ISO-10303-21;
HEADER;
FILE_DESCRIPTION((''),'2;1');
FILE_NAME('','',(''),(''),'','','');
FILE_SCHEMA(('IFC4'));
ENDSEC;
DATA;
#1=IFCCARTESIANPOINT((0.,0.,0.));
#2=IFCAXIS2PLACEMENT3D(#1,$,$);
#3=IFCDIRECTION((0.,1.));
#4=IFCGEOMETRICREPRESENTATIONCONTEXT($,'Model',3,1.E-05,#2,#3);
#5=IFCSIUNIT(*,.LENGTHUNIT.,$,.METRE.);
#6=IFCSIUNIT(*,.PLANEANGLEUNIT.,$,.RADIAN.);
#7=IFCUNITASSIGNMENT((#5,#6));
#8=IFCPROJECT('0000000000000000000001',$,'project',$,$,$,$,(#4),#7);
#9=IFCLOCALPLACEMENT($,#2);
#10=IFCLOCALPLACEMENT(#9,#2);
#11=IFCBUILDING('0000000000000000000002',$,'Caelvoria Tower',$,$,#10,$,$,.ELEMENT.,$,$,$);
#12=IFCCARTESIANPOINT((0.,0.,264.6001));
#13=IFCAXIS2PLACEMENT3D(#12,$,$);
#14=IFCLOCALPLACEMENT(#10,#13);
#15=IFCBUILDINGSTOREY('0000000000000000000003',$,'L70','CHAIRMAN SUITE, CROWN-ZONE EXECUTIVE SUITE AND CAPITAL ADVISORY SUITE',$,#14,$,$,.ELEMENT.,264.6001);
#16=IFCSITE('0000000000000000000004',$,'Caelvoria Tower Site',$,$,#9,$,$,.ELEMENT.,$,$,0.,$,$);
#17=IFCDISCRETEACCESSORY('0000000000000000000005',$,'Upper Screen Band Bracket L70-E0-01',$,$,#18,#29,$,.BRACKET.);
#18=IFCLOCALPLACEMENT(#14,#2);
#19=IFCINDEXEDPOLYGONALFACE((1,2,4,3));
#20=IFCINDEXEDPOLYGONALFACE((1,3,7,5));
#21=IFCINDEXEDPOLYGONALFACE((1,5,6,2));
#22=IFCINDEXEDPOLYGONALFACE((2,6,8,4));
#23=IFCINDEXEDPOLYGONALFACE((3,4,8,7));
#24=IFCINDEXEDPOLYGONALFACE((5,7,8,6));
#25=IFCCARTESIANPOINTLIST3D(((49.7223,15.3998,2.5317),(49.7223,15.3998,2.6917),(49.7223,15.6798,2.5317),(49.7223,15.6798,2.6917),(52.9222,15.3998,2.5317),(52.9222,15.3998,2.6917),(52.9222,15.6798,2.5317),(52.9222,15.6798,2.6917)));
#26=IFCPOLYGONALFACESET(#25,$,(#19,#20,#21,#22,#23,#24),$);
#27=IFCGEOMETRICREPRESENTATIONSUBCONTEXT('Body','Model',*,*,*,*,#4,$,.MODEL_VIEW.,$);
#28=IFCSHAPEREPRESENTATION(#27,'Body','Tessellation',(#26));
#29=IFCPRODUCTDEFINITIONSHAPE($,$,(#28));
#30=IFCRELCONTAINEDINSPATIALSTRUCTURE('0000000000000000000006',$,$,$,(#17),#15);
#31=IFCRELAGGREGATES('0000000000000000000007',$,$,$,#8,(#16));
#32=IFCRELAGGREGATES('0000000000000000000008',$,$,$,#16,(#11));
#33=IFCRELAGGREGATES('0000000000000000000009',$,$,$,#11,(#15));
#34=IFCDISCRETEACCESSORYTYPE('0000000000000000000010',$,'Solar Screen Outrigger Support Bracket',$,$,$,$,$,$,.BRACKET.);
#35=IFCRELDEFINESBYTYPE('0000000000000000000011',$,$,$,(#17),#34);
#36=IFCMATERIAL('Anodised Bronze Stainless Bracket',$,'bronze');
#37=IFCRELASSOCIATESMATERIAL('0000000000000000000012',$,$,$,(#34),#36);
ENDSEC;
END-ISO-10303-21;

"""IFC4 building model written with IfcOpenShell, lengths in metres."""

from ifc_helpers import new_model, si_unit, direction, frame, origin, origin_2d, place, context, subcontext, project, spatial, rectangle, extrude, material, type_object, element, save


model = new_model("IFC4")

# Units and contexts
model_context = context("Model", 3, precision=1e-05, world=origin(), true_north=direction((0.0, 1.0)))
body_context = subcontext(model_context, "Body", "Model", "MODEL_VIEW")
ifc_project = project(units=[si_unit("LENGTHUNIT", "METRE"), si_unit("PLANEANGLEUNIT", "RADIAN")], contexts=[model_context])

# Site, building, storey
site_placement = place(None, origin())
site = spatial("IfcSite", under=ifc_project, at=site_placement, Name="Caelvoria Tower Site", CompositionType="ELEMENT", RefElevation=0.0)
building_placement = place(site_placement, origin())
building = spatial("IfcBuilding", under=site, at=building_placement, Name="Caelvoria Tower", CompositionType="ELEMENT")
storey_placement = place(building_placement, frame((0.0, 0.0, 264.6001)))
storey = spatial("IfcBuildingStorey", under=building, at=storey_placement, Name="L70", Description="CHAIRMAN SUITE, CROWN-ZONE EXECUTIVE SUITE AND CAPITAL ADVISORY SUITE", CompositionType="ELEMENT", Elevation=264.6001)

# Discrete accessory
ifc_material_1 = material(Name="Anodised Bronze Stainless Bracket", Category="bronze")
discrete_accessory_type = type_object("IfcDiscreteAccessoryType", Name="Solar Screen Outrigger Support Bracket", PredefinedType="BRACKET", material=ifc_material_1)
for number, where, z_axis, x_axis, name in (
    (1, (51.3223, 15.5398, 2.5317), (0.0, 0.0, 1.0), (1.0, 0.0, 0.0), "Upper Screen Band Bracket L70-E0-01"),
):
    element("IfcDiscreteAccessory", number, at=place(storey_placement, frame(where, z_axis=z_axis, x_axis=x_axis)), inside=storey, type_object=discrete_accessory_type, Name=name, PredefinedType="BRACKET", context=body_context, shape_type="SweptSolid", body=[
        extrude(rectangle(XDim=3.2, YDim=0.28, at=origin_2d()), origin(), (0.0, 0.0, 1.0), 0.1599),
    ])

save(model, "model.ifc")
